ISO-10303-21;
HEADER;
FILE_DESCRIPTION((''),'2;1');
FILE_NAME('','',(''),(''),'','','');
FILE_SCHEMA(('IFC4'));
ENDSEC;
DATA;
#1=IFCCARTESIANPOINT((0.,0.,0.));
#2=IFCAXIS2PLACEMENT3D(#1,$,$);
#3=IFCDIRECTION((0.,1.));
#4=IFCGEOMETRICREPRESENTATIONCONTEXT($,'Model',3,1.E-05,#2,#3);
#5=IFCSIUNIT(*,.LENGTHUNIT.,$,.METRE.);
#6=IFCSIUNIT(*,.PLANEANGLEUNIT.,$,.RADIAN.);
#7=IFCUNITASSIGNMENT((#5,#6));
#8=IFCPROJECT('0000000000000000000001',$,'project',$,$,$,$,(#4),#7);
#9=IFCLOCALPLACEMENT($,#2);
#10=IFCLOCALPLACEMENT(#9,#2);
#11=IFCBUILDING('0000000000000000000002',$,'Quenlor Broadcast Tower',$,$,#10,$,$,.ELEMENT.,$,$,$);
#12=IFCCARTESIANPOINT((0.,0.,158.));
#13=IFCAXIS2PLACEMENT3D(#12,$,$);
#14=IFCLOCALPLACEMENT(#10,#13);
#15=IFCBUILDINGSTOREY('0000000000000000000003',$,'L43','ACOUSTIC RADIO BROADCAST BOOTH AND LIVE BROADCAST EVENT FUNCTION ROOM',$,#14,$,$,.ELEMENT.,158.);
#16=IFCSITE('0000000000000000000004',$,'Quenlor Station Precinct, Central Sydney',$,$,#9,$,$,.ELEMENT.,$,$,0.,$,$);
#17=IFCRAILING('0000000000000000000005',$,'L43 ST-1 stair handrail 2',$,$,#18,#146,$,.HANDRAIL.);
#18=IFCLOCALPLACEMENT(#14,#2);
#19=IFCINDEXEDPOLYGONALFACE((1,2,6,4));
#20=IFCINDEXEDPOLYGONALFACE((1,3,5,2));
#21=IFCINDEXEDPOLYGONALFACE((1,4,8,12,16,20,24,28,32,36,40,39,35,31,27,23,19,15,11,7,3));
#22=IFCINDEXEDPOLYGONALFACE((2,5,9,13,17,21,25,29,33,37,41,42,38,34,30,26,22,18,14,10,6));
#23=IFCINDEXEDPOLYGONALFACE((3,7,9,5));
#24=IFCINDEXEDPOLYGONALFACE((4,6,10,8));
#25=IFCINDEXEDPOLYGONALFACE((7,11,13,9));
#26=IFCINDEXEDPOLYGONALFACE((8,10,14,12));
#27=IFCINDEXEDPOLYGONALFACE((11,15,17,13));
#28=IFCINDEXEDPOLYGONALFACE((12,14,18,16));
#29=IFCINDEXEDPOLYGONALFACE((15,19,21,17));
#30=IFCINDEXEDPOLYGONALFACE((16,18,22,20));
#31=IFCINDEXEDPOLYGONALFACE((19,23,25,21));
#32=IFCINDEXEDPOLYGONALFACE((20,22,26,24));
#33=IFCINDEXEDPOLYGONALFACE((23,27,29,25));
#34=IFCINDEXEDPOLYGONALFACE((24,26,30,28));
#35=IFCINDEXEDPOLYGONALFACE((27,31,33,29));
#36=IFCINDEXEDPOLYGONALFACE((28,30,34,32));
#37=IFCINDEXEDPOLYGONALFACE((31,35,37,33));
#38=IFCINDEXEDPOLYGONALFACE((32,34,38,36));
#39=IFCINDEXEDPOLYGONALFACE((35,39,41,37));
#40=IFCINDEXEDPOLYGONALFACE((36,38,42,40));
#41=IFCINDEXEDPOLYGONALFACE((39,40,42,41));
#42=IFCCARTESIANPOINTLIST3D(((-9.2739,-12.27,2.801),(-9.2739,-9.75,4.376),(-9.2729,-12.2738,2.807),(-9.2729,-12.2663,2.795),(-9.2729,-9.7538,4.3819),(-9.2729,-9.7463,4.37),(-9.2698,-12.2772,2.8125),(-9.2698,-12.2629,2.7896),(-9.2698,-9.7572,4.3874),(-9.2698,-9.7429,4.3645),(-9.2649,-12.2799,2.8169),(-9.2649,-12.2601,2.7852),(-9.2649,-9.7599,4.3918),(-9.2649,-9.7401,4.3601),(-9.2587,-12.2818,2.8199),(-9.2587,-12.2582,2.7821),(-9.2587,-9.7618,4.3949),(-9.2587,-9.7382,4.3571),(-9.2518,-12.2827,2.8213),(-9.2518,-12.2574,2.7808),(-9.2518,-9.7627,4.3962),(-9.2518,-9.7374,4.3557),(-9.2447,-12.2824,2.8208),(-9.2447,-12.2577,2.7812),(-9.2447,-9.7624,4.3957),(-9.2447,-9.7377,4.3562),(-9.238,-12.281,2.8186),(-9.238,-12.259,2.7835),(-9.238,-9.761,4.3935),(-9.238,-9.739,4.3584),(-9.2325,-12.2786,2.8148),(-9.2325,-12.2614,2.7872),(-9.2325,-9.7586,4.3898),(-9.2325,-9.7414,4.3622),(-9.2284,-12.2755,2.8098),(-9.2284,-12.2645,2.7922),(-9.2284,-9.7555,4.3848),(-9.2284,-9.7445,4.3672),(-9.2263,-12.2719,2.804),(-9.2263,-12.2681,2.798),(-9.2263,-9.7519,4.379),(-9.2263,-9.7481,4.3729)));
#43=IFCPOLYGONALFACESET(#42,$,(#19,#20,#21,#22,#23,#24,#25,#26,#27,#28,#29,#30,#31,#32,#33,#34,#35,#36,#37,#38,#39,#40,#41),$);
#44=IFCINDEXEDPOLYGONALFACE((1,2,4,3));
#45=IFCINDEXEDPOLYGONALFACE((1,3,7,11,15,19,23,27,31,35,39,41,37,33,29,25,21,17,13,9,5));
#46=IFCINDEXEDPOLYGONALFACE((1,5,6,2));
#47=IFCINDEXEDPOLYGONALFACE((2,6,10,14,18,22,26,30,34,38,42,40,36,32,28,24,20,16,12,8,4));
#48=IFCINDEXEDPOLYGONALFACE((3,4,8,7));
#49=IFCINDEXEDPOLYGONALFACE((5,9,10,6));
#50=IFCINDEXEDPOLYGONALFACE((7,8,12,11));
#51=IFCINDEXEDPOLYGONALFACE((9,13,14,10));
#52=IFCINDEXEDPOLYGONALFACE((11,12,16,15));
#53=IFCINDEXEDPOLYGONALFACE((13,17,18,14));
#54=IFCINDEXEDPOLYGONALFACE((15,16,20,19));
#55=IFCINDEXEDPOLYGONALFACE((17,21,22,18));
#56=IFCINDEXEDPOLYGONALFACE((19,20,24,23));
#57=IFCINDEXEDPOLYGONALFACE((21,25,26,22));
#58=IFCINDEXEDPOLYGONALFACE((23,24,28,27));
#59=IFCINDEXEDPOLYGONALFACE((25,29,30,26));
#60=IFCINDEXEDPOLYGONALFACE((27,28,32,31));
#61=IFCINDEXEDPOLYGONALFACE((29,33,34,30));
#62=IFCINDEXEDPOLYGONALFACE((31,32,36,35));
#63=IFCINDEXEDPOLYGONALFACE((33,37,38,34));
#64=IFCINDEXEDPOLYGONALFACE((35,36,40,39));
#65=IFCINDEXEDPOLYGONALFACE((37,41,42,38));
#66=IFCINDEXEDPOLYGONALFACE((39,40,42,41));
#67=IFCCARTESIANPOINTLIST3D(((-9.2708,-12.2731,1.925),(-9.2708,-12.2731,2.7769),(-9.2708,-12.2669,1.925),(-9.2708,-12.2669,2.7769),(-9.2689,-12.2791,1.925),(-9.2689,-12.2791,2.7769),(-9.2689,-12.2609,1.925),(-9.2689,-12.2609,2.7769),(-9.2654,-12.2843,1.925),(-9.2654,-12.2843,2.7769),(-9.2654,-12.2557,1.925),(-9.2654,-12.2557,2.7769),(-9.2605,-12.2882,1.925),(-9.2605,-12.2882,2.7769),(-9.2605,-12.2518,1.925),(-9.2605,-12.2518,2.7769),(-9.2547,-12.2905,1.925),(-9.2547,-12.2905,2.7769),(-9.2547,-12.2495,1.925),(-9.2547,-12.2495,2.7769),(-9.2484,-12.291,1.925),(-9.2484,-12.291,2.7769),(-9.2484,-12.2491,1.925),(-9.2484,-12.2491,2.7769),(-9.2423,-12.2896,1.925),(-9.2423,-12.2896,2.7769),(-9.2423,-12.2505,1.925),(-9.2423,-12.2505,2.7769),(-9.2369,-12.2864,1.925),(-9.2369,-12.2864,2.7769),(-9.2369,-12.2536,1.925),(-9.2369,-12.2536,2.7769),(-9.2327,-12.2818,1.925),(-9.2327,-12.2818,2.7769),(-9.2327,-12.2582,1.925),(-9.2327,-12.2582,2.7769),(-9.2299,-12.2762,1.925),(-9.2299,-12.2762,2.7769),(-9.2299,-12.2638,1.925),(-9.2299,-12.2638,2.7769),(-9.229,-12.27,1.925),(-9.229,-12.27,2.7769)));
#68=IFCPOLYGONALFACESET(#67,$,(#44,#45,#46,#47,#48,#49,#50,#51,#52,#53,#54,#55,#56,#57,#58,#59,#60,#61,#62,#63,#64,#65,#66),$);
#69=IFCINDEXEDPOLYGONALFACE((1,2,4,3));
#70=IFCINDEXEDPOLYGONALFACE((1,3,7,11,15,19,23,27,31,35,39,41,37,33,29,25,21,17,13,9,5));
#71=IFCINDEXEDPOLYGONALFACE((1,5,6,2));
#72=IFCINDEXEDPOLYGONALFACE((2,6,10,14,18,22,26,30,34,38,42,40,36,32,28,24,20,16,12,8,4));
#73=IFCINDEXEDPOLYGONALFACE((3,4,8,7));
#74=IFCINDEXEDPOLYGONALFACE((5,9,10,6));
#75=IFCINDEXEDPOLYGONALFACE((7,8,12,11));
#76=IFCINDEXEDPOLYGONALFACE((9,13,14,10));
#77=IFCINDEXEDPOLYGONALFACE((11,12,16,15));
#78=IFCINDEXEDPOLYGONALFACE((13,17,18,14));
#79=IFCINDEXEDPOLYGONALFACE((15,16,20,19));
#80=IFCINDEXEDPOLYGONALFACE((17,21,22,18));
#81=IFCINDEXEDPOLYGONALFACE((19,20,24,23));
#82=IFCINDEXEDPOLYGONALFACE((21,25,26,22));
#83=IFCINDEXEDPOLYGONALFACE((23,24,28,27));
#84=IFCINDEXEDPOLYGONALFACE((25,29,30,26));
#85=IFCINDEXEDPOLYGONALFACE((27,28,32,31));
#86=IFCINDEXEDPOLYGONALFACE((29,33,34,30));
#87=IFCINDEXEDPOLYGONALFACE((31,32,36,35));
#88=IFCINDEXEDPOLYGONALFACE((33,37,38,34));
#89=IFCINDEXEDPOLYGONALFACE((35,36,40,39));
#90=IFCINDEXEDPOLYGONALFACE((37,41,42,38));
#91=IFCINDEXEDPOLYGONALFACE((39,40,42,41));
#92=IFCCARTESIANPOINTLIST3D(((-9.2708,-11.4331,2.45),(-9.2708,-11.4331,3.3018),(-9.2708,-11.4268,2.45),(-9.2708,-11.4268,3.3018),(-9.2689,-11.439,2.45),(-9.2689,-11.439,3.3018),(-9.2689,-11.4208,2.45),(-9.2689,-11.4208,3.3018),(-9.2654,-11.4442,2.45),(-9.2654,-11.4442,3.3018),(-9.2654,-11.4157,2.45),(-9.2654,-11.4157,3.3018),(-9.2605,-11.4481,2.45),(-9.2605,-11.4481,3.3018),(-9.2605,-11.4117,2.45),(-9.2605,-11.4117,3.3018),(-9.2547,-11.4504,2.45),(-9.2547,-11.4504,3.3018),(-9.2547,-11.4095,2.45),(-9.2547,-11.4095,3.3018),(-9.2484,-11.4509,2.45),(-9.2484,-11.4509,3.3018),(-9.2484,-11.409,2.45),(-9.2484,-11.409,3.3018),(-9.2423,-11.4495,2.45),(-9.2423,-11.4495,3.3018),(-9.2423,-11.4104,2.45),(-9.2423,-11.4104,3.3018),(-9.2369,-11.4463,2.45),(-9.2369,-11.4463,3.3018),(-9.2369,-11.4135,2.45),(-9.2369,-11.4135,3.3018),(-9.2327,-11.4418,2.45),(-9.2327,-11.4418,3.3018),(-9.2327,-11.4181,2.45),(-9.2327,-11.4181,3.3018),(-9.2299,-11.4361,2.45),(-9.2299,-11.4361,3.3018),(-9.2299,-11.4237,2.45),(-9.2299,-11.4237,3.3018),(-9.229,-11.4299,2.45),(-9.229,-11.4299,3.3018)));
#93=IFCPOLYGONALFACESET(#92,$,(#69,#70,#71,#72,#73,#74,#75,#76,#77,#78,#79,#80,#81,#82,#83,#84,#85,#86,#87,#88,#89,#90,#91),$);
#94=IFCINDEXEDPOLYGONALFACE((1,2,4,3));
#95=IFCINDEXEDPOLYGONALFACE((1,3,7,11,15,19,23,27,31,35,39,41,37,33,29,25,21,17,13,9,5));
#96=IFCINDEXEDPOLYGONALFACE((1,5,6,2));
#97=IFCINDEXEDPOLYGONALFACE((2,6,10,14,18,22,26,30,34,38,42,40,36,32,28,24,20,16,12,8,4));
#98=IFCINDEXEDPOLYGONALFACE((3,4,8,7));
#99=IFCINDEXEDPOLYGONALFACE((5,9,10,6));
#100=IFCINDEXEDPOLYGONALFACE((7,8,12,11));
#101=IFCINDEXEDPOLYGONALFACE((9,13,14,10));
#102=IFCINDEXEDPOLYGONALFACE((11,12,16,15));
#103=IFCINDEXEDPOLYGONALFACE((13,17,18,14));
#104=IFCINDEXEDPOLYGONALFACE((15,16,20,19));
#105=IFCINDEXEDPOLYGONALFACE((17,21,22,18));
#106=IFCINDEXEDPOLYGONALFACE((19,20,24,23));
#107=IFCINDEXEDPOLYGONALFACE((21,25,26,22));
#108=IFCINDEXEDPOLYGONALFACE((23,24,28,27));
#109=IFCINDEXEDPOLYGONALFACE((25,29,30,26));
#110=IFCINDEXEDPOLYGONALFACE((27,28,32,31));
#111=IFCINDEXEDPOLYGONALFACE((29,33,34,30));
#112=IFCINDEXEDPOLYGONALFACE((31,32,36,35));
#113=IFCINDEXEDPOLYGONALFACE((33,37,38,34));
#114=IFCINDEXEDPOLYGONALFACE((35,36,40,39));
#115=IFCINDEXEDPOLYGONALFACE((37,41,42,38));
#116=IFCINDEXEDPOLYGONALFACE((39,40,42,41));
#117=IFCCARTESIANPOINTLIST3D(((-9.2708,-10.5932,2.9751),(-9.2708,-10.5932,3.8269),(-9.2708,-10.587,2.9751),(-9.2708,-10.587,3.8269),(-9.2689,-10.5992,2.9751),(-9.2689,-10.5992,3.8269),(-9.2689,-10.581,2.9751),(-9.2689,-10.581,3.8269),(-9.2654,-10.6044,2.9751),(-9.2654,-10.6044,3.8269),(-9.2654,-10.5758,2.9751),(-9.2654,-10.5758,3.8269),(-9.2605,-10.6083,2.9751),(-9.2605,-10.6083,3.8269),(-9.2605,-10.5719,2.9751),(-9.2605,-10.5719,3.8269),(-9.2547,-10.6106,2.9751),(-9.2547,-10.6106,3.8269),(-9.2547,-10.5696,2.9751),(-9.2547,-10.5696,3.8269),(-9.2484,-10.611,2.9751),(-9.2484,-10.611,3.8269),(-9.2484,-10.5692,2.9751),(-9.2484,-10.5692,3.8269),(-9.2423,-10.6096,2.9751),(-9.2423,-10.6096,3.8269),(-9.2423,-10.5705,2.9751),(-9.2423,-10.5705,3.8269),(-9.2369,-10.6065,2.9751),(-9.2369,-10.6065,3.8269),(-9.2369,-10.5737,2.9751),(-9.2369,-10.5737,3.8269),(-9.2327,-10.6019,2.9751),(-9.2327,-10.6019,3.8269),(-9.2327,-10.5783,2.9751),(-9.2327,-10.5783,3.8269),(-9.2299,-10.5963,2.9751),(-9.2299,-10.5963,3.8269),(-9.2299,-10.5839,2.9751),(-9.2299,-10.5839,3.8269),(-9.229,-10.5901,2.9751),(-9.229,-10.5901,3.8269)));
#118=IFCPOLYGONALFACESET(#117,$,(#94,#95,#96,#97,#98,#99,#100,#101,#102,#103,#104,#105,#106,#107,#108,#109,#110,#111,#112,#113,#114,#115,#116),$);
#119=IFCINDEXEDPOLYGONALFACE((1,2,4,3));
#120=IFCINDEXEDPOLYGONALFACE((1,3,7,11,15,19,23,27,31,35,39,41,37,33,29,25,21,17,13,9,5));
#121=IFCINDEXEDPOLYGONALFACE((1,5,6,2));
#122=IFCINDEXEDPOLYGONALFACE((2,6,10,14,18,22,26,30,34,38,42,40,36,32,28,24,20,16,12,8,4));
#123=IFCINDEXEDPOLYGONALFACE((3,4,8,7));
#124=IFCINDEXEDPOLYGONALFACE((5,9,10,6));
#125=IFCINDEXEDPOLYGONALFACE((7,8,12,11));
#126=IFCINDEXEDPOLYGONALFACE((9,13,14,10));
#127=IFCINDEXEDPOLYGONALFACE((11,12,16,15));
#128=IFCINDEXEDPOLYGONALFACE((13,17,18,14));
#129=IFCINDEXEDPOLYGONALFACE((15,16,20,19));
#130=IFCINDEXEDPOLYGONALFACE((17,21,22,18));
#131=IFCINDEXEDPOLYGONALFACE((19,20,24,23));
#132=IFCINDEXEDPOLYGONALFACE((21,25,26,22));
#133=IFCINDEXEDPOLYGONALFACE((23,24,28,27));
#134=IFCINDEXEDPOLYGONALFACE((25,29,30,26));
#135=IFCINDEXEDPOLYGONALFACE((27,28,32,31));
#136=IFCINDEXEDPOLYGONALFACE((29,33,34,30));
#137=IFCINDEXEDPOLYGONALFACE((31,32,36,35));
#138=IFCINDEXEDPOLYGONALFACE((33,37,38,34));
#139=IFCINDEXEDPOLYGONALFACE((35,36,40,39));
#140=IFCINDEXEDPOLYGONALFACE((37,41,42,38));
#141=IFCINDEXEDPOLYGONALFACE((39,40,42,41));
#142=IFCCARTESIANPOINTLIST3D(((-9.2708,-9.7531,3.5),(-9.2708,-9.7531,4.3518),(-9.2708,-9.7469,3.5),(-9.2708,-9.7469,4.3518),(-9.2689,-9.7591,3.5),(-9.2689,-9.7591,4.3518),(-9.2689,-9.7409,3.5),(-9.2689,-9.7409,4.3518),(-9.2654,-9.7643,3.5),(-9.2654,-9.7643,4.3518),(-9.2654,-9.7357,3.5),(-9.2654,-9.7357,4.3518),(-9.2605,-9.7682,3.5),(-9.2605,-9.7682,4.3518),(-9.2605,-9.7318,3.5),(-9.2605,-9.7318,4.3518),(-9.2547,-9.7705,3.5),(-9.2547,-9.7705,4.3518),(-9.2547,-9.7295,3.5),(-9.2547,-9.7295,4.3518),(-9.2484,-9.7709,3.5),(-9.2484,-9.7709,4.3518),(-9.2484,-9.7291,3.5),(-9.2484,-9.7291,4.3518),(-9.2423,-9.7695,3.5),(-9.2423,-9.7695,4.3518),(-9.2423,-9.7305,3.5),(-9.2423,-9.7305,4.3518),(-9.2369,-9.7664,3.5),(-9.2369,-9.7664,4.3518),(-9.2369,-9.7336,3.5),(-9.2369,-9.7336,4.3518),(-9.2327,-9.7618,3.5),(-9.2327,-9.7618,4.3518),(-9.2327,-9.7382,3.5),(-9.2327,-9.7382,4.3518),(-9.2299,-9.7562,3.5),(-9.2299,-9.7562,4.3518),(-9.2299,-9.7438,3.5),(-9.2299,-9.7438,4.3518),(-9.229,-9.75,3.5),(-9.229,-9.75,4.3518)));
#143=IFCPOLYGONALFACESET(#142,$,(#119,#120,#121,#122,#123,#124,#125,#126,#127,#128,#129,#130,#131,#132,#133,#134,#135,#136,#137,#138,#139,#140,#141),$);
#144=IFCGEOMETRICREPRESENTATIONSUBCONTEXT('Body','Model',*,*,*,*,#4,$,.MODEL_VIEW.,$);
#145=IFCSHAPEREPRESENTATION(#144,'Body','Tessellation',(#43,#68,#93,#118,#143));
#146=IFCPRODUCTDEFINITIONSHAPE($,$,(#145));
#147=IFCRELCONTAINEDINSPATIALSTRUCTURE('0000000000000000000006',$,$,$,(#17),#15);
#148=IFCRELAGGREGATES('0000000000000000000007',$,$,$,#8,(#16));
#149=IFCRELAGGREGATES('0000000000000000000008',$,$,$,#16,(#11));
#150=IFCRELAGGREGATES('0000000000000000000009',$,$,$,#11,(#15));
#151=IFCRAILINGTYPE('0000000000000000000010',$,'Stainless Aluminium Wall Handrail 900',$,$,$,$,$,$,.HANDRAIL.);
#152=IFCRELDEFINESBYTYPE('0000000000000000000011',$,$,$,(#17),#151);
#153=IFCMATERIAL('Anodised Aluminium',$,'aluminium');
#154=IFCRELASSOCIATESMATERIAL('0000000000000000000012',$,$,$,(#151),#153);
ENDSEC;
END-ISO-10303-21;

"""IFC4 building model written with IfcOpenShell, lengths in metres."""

from ifc_helpers import new_model, si_unit, direction, frame, origin, origin_2d, place, context, subcontext, project, spatial, circle, extrude, material, type_object, element, save


model = new_model("IFC4")

# Units and contexts
model_context = context("Model", 3, precision=1e-05, world=origin(), true_north=direction((0.0, 1.0)))
body_context = subcontext(model_context, "Body", "Model", "MODEL_VIEW")
ifc_project = project(units=[si_unit("LENGTHUNIT", "METRE"), si_unit("PLANEANGLEUNIT", "RADIAN")], contexts=[model_context])

# Site, building, storey
site_placement = place(None, origin())
site = spatial("IfcSite", under=ifc_project, at=site_placement, Name="Quenlor Station Precinct, Central Sydney", CompositionType="ELEMENT", RefElevation=0.0)
building_placement = place(site_placement, origin())
building = spatial("IfcBuilding", under=site, at=building_placement, Name="Quenlor Broadcast Tower", CompositionType="ELEMENT")
storey_placement = place(building_placement, frame((0.0, 0.0, 158.0)))
storey = spatial("IfcBuildingStorey", under=building, at=storey_placement, Name="L43", Description="ACOUSTIC RADIO BROADCAST BOOTH AND LIVE BROADCAST EVENT FUNCTION ROOM", CompositionType="ELEMENT", Elevation=158.0)

# Railing
ifc_material_1 = material(Name="Anodised Aluminium", Category="aluminium")
railing_type_1 = type_object("IfcRailingType", Name="Stainless Aluminium Wall Handrail 900", PredefinedType="HANDRAIL", material=ifc_material_1)
railing_1_placement = place(storey_placement, frame((-9.25, -12.27, 1.925)))
element("IfcRailing", 1, at=railing_1_placement, inside=storey, type_object=railing_type_1, Name="L43 ST-1 stair handrail 2", PredefinedType="HANDRAIL", context=body_context, shape_type="SweptSolid", body=[
    extrude(circle(Radius=0.0239, at=origin_2d()), frame((0.0, 0.0, 0.876), z_axis=(0.0, 0.848008, 0.529984), x_axis=(-1.0, 0.0, 0.0)), (0.0, 0.0, 1.0), 2.9717),
    extrude(circle(Radius=0.021, at=origin_2d()), origin(), (0.0, 0.0, 1.0), 0.8518),
    extrude(circle(Radius=0.021, at=origin_2d()), frame((0.0, 0.8401, 0.5249)), (0.0, 0.0, 1.0), 0.8518),
    extrude(circle(Radius=0.021, at=origin_2d()), frame((0.0, 1.6799, 1.05)), (0.0, 0.0, 1.0), 0.8518),
    extrude(circle(Radius=0.021, at=origin_2d()), frame((0.0, 2.52, 1.575)), (0.0, 0.0, 1.0), 0.8518),
])

save(model, "model.ifc")
